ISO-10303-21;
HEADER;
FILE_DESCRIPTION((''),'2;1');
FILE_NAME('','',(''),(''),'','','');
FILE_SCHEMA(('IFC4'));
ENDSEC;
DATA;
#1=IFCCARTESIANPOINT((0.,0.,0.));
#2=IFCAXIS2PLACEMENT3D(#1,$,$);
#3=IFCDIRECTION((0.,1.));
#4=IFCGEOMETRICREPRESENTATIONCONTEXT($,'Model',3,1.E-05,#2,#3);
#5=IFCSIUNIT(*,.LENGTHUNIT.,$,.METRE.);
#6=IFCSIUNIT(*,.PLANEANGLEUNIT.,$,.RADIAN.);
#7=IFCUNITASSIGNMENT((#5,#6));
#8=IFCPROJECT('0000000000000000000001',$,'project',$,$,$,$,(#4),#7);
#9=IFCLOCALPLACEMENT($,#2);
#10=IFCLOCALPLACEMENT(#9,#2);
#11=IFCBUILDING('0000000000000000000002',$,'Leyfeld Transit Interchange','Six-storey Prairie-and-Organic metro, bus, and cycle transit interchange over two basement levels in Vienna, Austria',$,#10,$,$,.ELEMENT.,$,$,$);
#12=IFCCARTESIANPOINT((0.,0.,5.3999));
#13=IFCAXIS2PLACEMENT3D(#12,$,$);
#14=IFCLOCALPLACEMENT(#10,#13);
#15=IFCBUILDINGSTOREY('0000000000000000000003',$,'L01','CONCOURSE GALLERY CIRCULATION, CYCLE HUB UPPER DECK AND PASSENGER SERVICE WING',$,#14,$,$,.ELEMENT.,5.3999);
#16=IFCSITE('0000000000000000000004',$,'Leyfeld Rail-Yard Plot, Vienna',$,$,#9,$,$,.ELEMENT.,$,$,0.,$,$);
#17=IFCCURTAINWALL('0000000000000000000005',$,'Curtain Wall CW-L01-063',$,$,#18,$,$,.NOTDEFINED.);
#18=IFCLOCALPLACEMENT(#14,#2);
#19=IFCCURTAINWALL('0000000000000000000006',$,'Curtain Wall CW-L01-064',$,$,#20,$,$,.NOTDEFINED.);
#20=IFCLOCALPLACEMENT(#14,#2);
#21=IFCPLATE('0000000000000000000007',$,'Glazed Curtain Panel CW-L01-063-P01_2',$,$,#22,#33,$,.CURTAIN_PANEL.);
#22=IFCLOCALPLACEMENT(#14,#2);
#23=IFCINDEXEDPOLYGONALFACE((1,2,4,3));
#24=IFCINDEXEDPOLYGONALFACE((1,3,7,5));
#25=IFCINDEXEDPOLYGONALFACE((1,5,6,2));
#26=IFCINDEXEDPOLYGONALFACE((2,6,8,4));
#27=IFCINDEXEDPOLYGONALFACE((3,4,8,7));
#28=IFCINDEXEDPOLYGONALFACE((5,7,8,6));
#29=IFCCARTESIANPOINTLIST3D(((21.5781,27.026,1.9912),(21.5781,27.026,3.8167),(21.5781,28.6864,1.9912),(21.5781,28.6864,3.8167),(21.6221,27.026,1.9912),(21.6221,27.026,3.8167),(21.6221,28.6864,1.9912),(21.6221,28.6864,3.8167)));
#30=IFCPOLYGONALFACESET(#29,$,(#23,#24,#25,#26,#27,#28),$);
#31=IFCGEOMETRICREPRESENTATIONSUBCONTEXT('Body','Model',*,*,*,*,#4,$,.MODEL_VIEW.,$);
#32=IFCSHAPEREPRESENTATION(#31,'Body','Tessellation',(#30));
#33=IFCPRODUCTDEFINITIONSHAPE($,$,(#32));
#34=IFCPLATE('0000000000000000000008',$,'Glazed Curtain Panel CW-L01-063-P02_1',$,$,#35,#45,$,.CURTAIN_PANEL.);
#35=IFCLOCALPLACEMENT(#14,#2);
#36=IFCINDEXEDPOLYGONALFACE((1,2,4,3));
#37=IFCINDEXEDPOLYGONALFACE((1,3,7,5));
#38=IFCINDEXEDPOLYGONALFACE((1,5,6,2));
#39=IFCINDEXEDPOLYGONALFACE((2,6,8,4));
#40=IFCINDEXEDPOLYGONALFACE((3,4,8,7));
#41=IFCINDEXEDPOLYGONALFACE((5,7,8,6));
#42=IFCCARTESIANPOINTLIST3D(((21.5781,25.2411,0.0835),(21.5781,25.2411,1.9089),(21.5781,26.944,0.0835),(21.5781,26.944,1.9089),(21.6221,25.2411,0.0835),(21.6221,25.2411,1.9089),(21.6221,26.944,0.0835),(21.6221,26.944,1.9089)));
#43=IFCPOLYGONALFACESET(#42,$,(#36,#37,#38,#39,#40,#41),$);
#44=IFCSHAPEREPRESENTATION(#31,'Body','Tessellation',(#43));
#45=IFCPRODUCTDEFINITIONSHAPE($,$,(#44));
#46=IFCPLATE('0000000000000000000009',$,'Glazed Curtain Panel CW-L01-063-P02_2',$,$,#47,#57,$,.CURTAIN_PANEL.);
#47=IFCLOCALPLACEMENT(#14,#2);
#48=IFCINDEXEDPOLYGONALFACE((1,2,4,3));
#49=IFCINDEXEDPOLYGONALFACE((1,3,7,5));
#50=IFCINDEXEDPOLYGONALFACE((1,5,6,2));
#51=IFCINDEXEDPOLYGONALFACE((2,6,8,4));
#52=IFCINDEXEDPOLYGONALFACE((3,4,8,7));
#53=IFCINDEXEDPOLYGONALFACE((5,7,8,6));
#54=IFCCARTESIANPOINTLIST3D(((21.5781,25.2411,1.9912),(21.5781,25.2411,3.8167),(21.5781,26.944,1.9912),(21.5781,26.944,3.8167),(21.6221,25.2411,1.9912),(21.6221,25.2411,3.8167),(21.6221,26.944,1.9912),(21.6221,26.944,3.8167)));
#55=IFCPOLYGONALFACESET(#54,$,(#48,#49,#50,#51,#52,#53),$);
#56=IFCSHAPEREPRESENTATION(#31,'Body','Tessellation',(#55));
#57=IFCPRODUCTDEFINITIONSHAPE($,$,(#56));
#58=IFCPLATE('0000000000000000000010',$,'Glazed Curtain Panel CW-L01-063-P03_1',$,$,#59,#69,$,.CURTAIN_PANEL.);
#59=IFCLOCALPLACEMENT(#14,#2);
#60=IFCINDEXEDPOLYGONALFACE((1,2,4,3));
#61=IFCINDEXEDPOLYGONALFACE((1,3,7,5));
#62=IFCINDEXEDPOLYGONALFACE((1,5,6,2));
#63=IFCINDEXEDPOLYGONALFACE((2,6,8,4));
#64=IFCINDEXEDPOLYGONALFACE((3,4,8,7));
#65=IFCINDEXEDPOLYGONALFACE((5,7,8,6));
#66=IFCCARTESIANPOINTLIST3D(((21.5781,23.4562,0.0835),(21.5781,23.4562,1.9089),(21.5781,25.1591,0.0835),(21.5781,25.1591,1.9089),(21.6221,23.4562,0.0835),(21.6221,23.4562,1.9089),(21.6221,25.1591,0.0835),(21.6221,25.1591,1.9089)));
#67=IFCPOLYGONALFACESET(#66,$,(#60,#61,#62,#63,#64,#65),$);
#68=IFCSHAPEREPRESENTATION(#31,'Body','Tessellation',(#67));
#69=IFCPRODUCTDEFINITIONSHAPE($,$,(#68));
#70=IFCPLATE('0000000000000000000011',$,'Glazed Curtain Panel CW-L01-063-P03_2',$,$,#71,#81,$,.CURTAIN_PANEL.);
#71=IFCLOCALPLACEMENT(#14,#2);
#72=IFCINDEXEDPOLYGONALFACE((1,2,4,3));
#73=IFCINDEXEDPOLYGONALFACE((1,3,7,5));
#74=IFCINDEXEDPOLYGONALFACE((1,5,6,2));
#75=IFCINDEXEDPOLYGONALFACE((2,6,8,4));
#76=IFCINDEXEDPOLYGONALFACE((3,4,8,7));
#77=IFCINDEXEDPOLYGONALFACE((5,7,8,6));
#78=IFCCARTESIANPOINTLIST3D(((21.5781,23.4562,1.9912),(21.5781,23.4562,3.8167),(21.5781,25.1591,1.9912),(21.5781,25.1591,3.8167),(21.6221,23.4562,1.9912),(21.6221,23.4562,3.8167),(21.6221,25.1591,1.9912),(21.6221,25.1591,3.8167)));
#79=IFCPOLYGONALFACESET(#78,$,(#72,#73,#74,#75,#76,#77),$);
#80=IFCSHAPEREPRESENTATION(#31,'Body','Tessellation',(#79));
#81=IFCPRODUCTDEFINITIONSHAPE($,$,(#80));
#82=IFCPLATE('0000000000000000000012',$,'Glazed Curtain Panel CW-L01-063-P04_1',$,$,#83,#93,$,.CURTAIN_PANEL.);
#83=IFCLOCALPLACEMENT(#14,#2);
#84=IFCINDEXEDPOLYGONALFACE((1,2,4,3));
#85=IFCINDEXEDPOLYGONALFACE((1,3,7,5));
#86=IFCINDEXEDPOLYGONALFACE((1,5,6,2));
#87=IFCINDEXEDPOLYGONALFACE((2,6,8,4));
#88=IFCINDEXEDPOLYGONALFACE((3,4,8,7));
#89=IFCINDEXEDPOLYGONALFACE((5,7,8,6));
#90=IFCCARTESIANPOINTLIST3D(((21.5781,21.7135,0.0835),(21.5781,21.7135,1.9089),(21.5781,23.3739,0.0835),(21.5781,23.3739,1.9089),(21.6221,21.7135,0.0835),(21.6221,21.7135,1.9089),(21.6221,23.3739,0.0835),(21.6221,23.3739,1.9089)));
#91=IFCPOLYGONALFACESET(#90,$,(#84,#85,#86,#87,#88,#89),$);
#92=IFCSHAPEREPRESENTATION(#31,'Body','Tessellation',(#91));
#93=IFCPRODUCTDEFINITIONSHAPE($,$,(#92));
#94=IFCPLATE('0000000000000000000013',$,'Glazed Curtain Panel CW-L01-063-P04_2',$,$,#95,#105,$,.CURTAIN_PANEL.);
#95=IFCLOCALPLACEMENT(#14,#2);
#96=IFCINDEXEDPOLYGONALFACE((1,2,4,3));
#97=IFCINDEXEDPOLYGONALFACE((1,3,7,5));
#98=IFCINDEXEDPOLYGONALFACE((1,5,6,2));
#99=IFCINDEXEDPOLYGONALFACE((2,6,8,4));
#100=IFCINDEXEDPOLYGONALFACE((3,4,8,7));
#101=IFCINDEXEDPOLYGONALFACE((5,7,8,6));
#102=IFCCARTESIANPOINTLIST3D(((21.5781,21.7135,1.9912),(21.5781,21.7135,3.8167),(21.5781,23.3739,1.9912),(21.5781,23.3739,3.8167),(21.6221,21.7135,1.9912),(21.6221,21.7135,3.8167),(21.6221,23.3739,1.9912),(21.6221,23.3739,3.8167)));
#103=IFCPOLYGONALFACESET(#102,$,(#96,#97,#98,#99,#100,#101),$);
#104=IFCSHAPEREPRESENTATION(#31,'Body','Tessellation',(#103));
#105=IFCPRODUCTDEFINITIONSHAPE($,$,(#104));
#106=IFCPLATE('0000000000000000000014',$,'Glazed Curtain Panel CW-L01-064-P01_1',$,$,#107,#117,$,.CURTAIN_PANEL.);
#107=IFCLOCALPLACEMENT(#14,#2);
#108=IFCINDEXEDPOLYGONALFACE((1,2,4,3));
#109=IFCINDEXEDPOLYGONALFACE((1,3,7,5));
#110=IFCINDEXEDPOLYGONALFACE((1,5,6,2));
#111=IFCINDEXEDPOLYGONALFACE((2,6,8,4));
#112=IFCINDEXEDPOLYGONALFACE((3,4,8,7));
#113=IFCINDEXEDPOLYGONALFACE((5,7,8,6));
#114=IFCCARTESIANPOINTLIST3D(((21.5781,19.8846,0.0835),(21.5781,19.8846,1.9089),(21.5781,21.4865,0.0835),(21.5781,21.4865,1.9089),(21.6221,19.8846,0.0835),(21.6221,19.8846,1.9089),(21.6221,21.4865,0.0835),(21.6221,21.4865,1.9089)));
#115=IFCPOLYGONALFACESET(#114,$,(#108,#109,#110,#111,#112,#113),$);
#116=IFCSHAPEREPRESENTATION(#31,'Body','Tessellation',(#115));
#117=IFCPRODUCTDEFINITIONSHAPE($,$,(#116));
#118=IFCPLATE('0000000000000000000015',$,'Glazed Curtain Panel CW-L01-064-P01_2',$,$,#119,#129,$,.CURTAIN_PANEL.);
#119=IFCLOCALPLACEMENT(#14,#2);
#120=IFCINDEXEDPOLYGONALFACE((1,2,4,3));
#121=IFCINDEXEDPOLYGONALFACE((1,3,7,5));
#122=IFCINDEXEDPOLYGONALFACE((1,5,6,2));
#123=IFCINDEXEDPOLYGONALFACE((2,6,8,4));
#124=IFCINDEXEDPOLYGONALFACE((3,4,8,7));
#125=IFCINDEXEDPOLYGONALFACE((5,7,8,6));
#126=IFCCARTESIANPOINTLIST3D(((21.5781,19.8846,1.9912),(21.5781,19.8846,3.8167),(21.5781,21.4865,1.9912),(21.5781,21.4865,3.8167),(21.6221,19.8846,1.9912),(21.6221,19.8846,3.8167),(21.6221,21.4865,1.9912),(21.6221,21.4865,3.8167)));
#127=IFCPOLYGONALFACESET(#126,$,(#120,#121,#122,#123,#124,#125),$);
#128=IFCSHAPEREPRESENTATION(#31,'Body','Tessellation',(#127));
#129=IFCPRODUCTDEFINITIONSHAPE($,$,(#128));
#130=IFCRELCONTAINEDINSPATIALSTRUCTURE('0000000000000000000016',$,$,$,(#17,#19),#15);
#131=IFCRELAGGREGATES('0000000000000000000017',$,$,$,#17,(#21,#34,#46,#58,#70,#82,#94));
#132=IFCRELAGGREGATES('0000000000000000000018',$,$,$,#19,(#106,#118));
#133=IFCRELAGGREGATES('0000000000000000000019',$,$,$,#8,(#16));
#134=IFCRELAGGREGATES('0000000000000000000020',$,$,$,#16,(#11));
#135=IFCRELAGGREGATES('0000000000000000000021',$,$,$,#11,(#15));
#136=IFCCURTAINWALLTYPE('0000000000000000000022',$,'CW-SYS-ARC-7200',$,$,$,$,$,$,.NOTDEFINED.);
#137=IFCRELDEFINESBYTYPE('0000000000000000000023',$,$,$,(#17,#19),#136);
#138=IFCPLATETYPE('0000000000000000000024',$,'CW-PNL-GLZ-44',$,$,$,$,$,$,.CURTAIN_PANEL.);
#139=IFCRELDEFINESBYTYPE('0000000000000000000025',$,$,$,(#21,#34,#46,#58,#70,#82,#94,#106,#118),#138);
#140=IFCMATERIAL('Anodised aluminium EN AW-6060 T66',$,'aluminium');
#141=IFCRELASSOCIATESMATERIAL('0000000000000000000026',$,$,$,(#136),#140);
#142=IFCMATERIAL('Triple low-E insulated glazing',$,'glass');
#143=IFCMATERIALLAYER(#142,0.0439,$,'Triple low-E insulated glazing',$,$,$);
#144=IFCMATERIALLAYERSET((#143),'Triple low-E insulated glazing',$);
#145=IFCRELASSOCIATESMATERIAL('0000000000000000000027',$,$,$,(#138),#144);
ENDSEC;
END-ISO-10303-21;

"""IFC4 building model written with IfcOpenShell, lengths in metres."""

from ifc_helpers import new_model, si_unit, direction, frame, origin, origin_2d, place, context, subcontext, project, spatial, rectangle, extrude, material, layer, layer_set, type_object, element, aggregate, save


model = new_model("IFC4")

# Units and contexts
model_context = context("Model", 3, precision=1e-05, world=origin(), true_north=direction((0.0, 1.0)))
body_context = subcontext(model_context, "Body", "Model", "MODEL_VIEW")
ifc_project = project(units=[si_unit("LENGTHUNIT", "METRE"), si_unit("PLANEANGLEUNIT", "RADIAN")], contexts=[model_context])

# Site, building, storey
site_placement = place(None, origin())
site = spatial("IfcSite", under=ifc_project, at=site_placement, Name="Leyfeld Rail-Yard Plot, Vienna", CompositionType="ELEMENT", RefElevation=0.0)
building_placement = place(site_placement, origin())
building = spatial("IfcBuilding", under=site, at=building_placement, Name="Leyfeld Transit Interchange", Description="Six-storey Prairie-and-Organic metro, bus, and cycle transit interchange over two basement levels in Vienna, Austria", CompositionType="ELEMENT")
storey_placement = place(building_placement, frame((0.0, 0.0, 5.3999)))
storey = spatial("IfcBuildingStorey", under=building, at=storey_placement, Name="L01", Description="CONCOURSE GALLERY CIRCULATION, CYCLE HUB UPPER DECK AND PASSENGER SERVICE WING", CompositionType="ELEMENT", Elevation=5.3999)

# Curtain walls
ifc_material_1 = material(Name="Anodised aluminium EN AW-6060 T66", Category="aluminium")
curtain_wall_type = type_object("IfcCurtainWallType", Name="CW-SYS-ARC-7200", PredefinedType="NOTDEFINED", material=ifc_material_1)
curtain_wall_1_placement = place(storey_placement, origin())
curtain_wall_1 = element("IfcCurtainWall", 1, at=curtain_wall_1_placement, inside=storey, type_object=curtain_wall_type, Name="Curtain Wall CW-L01-063", PredefinedType="NOTDEFINED")
curtain_wall_2_placement = place(storey_placement, origin())
curtain_wall_2 = element("IfcCurtainWall", 2, at=curtain_wall_2_placement, inside=storey, type_object=curtain_wall_type, Name="Curtain Wall CW-L01-064", PredefinedType="NOTDEFINED")

# Plates
ifc_material_2 = material(Name="Triple low-E insulated glazing", Category="glass")
ifc_layer = layer(ifc_material_2, 0.0439, Name="Triple low-E insulated glazing")
ifc_layer_set = layer_set([ifc_layer], Name="Triple low-E insulated glazing")
plate_type = type_object("IfcPlateType", Name="CW-PNL-GLZ-44", PredefinedType="CURTAIN_PANEL", material=ifc_layer_set)
plate_1_placement = place(storey_placement, frame((21.6001, 27.8562, 1.9912), z_axis=(0.0, 0.0, 1.0), x_axis=(0.0, -1.0, 0.0)))
plate_1 = element("IfcPlate", 3, at=plate_1_placement, type_object=plate_type, Name="Glazed Curtain Panel CW-L01-063-P01_2", PredefinedType="CURTAIN_PANEL", context=body_context, shape_type="SweptSolid", body=[
    extrude(rectangle(XDim=1.6604, YDim=0.0439, at=origin_2d()), origin(), (0.0, 0.0, 1.0), 1.8254),
])
plate_2_placement = place(storey_placement, frame((21.6001, 26.0925, 0.0835), z_axis=(0.0, 0.0, 1.0), x_axis=(0.0, -1.0, 0.0)))
plate_2 = element("IfcPlate", 4, at=plate_2_placement, type_object=plate_type, Name="Glazed Curtain Panel CW-L01-063-P02_1", PredefinedType="CURTAIN_PANEL", context=body_context, shape_type="SweptSolid", body=[
    extrude(rectangle(XDim=1.7029, YDim=0.0439, at=origin_2d()), origin(), (0.0, 0.0, 1.0), 1.8254),
])
plate_3_placement = place(storey_placement, frame((21.6001, 26.0925, 1.9912), z_axis=(0.0, 0.0, 1.0), x_axis=(0.0, -1.0, 0.0)))
plate_3 = element("IfcPlate", 5, at=plate_3_placement, type_object=plate_type, Name="Glazed Curtain Panel CW-L01-063-P02_2", PredefinedType="CURTAIN_PANEL", context=body_context, shape_type="SweptSolid", body=[
    extrude(rectangle(XDim=1.7029, YDim=0.0439, at=origin_2d()), origin(), (0.0, 0.0, 1.0), 1.8254),
])
plate_4_placement = place(storey_placement, frame((21.6001, 24.3076, 0.0835), z_axis=(0.0, 0.0, 1.0), x_axis=(0.0, -1.0, 0.0)))
plate_4 = element("IfcPlate", 6, at=plate_4_placement, type_object=plate_type, Name="Glazed Curtain Panel CW-L01-063-P03_1", PredefinedType="CURTAIN_PANEL", context=body_context, shape_type="SweptSolid", body=[
    extrude(rectangle(XDim=1.7029, YDim=0.0439, at=origin_2d()), origin(), (0.0, 0.0, 1.0), 1.8254),
])
plate_5_placement = place(storey_placement, frame((21.6001, 24.3076, 1.9912), z_axis=(0.0, 0.0, 1.0), x_axis=(0.0, -1.0, 0.0)))
plate_5 = element("IfcPlate", 7, at=plate_5_placement, type_object=plate_type, Name="Glazed Curtain Panel CW-L01-063-P03_2", PredefinedType="CURTAIN_PANEL", context=body_context, shape_type="SweptSolid", body=[
    extrude(rectangle(XDim=1.7029, YDim=0.0439, at=origin_2d()), origin(), (0.0, 0.0, 1.0), 1.8254),
])
plate_6_placement = place(storey_placement, frame((21.6001, 22.5437, 0.0835), z_axis=(0.0, 0.0, 1.0), x_axis=(0.0, -1.0, 0.0)))
plate_6 = element("IfcPlate", 8, at=plate_6_placement, type_object=plate_type, Name="Glazed Curtain Panel CW-L01-063-P04_1", PredefinedType="CURTAIN_PANEL", context=body_context, shape_type="SweptSolid", body=[
    extrude(rectangle(XDim=1.6604, YDim=0.0439, at=origin_2d()), origin(), (0.0, 0.0, 1.0), 1.8254),
])
plate_7_placement = place(storey_placement, frame((21.6001, 22.5437, 1.9912), z_axis=(0.0, 0.0, 1.0), x_axis=(0.0, -1.0, 0.0)))
plate_7 = element("IfcPlate", 9, at=plate_7_placement, type_object=plate_type, Name="Glazed Curtain Panel CW-L01-063-P04_2", PredefinedType="CURTAIN_PANEL", context=body_context, shape_type="SweptSolid", body=[
    extrude(rectangle(XDim=1.6604, YDim=0.0439, at=origin_2d()), origin(), (0.0, 0.0, 1.0), 1.8254),
])
aggregate(curtain_wall_1, [plate_1, plate_2, plate_3, plate_4, plate_5, plate_6, plate_7])
plate_8_placement = place(storey_placement, frame((21.6001, 20.6855, 0.0835), z_axis=(0.0, 0.0, 1.0), x_axis=(0.0, -1.0, 0.0)))
plate_8 = element("IfcPlate", 10, at=plate_8_placement, type_object=plate_type, Name="Glazed Curtain Panel CW-L01-064-P01_1", PredefinedType="CURTAIN_PANEL", context=body_context, shape_type="SweptSolid", body=[
    extrude(rectangle(XDim=1.6018, YDim=0.0439, at=origin_2d()), origin(), (0.0, 0.0, 1.0), 1.8254),
])
plate_9_placement = place(storey_placement, frame((21.6001, 20.6855, 1.9912), z_axis=(0.0, 0.0, 1.0), x_axis=(0.0, -1.0, 0.0)))
plate_9 = element("IfcPlate", 11, at=plate_9_placement, type_object=plate_type, Name="Glazed Curtain Panel CW-L01-064-P01_2", PredefinedType="CURTAIN_PANEL", context=body_context, shape_type="SweptSolid", body=[
    extrude(rectangle(XDim=1.6018, YDim=0.0439, at=origin_2d()), origin(), (0.0, 0.0, 1.0), 1.8254),
])
aggregate(curtain_wall_2, [plate_8, plate_9])

save(model, "model.ifc")
